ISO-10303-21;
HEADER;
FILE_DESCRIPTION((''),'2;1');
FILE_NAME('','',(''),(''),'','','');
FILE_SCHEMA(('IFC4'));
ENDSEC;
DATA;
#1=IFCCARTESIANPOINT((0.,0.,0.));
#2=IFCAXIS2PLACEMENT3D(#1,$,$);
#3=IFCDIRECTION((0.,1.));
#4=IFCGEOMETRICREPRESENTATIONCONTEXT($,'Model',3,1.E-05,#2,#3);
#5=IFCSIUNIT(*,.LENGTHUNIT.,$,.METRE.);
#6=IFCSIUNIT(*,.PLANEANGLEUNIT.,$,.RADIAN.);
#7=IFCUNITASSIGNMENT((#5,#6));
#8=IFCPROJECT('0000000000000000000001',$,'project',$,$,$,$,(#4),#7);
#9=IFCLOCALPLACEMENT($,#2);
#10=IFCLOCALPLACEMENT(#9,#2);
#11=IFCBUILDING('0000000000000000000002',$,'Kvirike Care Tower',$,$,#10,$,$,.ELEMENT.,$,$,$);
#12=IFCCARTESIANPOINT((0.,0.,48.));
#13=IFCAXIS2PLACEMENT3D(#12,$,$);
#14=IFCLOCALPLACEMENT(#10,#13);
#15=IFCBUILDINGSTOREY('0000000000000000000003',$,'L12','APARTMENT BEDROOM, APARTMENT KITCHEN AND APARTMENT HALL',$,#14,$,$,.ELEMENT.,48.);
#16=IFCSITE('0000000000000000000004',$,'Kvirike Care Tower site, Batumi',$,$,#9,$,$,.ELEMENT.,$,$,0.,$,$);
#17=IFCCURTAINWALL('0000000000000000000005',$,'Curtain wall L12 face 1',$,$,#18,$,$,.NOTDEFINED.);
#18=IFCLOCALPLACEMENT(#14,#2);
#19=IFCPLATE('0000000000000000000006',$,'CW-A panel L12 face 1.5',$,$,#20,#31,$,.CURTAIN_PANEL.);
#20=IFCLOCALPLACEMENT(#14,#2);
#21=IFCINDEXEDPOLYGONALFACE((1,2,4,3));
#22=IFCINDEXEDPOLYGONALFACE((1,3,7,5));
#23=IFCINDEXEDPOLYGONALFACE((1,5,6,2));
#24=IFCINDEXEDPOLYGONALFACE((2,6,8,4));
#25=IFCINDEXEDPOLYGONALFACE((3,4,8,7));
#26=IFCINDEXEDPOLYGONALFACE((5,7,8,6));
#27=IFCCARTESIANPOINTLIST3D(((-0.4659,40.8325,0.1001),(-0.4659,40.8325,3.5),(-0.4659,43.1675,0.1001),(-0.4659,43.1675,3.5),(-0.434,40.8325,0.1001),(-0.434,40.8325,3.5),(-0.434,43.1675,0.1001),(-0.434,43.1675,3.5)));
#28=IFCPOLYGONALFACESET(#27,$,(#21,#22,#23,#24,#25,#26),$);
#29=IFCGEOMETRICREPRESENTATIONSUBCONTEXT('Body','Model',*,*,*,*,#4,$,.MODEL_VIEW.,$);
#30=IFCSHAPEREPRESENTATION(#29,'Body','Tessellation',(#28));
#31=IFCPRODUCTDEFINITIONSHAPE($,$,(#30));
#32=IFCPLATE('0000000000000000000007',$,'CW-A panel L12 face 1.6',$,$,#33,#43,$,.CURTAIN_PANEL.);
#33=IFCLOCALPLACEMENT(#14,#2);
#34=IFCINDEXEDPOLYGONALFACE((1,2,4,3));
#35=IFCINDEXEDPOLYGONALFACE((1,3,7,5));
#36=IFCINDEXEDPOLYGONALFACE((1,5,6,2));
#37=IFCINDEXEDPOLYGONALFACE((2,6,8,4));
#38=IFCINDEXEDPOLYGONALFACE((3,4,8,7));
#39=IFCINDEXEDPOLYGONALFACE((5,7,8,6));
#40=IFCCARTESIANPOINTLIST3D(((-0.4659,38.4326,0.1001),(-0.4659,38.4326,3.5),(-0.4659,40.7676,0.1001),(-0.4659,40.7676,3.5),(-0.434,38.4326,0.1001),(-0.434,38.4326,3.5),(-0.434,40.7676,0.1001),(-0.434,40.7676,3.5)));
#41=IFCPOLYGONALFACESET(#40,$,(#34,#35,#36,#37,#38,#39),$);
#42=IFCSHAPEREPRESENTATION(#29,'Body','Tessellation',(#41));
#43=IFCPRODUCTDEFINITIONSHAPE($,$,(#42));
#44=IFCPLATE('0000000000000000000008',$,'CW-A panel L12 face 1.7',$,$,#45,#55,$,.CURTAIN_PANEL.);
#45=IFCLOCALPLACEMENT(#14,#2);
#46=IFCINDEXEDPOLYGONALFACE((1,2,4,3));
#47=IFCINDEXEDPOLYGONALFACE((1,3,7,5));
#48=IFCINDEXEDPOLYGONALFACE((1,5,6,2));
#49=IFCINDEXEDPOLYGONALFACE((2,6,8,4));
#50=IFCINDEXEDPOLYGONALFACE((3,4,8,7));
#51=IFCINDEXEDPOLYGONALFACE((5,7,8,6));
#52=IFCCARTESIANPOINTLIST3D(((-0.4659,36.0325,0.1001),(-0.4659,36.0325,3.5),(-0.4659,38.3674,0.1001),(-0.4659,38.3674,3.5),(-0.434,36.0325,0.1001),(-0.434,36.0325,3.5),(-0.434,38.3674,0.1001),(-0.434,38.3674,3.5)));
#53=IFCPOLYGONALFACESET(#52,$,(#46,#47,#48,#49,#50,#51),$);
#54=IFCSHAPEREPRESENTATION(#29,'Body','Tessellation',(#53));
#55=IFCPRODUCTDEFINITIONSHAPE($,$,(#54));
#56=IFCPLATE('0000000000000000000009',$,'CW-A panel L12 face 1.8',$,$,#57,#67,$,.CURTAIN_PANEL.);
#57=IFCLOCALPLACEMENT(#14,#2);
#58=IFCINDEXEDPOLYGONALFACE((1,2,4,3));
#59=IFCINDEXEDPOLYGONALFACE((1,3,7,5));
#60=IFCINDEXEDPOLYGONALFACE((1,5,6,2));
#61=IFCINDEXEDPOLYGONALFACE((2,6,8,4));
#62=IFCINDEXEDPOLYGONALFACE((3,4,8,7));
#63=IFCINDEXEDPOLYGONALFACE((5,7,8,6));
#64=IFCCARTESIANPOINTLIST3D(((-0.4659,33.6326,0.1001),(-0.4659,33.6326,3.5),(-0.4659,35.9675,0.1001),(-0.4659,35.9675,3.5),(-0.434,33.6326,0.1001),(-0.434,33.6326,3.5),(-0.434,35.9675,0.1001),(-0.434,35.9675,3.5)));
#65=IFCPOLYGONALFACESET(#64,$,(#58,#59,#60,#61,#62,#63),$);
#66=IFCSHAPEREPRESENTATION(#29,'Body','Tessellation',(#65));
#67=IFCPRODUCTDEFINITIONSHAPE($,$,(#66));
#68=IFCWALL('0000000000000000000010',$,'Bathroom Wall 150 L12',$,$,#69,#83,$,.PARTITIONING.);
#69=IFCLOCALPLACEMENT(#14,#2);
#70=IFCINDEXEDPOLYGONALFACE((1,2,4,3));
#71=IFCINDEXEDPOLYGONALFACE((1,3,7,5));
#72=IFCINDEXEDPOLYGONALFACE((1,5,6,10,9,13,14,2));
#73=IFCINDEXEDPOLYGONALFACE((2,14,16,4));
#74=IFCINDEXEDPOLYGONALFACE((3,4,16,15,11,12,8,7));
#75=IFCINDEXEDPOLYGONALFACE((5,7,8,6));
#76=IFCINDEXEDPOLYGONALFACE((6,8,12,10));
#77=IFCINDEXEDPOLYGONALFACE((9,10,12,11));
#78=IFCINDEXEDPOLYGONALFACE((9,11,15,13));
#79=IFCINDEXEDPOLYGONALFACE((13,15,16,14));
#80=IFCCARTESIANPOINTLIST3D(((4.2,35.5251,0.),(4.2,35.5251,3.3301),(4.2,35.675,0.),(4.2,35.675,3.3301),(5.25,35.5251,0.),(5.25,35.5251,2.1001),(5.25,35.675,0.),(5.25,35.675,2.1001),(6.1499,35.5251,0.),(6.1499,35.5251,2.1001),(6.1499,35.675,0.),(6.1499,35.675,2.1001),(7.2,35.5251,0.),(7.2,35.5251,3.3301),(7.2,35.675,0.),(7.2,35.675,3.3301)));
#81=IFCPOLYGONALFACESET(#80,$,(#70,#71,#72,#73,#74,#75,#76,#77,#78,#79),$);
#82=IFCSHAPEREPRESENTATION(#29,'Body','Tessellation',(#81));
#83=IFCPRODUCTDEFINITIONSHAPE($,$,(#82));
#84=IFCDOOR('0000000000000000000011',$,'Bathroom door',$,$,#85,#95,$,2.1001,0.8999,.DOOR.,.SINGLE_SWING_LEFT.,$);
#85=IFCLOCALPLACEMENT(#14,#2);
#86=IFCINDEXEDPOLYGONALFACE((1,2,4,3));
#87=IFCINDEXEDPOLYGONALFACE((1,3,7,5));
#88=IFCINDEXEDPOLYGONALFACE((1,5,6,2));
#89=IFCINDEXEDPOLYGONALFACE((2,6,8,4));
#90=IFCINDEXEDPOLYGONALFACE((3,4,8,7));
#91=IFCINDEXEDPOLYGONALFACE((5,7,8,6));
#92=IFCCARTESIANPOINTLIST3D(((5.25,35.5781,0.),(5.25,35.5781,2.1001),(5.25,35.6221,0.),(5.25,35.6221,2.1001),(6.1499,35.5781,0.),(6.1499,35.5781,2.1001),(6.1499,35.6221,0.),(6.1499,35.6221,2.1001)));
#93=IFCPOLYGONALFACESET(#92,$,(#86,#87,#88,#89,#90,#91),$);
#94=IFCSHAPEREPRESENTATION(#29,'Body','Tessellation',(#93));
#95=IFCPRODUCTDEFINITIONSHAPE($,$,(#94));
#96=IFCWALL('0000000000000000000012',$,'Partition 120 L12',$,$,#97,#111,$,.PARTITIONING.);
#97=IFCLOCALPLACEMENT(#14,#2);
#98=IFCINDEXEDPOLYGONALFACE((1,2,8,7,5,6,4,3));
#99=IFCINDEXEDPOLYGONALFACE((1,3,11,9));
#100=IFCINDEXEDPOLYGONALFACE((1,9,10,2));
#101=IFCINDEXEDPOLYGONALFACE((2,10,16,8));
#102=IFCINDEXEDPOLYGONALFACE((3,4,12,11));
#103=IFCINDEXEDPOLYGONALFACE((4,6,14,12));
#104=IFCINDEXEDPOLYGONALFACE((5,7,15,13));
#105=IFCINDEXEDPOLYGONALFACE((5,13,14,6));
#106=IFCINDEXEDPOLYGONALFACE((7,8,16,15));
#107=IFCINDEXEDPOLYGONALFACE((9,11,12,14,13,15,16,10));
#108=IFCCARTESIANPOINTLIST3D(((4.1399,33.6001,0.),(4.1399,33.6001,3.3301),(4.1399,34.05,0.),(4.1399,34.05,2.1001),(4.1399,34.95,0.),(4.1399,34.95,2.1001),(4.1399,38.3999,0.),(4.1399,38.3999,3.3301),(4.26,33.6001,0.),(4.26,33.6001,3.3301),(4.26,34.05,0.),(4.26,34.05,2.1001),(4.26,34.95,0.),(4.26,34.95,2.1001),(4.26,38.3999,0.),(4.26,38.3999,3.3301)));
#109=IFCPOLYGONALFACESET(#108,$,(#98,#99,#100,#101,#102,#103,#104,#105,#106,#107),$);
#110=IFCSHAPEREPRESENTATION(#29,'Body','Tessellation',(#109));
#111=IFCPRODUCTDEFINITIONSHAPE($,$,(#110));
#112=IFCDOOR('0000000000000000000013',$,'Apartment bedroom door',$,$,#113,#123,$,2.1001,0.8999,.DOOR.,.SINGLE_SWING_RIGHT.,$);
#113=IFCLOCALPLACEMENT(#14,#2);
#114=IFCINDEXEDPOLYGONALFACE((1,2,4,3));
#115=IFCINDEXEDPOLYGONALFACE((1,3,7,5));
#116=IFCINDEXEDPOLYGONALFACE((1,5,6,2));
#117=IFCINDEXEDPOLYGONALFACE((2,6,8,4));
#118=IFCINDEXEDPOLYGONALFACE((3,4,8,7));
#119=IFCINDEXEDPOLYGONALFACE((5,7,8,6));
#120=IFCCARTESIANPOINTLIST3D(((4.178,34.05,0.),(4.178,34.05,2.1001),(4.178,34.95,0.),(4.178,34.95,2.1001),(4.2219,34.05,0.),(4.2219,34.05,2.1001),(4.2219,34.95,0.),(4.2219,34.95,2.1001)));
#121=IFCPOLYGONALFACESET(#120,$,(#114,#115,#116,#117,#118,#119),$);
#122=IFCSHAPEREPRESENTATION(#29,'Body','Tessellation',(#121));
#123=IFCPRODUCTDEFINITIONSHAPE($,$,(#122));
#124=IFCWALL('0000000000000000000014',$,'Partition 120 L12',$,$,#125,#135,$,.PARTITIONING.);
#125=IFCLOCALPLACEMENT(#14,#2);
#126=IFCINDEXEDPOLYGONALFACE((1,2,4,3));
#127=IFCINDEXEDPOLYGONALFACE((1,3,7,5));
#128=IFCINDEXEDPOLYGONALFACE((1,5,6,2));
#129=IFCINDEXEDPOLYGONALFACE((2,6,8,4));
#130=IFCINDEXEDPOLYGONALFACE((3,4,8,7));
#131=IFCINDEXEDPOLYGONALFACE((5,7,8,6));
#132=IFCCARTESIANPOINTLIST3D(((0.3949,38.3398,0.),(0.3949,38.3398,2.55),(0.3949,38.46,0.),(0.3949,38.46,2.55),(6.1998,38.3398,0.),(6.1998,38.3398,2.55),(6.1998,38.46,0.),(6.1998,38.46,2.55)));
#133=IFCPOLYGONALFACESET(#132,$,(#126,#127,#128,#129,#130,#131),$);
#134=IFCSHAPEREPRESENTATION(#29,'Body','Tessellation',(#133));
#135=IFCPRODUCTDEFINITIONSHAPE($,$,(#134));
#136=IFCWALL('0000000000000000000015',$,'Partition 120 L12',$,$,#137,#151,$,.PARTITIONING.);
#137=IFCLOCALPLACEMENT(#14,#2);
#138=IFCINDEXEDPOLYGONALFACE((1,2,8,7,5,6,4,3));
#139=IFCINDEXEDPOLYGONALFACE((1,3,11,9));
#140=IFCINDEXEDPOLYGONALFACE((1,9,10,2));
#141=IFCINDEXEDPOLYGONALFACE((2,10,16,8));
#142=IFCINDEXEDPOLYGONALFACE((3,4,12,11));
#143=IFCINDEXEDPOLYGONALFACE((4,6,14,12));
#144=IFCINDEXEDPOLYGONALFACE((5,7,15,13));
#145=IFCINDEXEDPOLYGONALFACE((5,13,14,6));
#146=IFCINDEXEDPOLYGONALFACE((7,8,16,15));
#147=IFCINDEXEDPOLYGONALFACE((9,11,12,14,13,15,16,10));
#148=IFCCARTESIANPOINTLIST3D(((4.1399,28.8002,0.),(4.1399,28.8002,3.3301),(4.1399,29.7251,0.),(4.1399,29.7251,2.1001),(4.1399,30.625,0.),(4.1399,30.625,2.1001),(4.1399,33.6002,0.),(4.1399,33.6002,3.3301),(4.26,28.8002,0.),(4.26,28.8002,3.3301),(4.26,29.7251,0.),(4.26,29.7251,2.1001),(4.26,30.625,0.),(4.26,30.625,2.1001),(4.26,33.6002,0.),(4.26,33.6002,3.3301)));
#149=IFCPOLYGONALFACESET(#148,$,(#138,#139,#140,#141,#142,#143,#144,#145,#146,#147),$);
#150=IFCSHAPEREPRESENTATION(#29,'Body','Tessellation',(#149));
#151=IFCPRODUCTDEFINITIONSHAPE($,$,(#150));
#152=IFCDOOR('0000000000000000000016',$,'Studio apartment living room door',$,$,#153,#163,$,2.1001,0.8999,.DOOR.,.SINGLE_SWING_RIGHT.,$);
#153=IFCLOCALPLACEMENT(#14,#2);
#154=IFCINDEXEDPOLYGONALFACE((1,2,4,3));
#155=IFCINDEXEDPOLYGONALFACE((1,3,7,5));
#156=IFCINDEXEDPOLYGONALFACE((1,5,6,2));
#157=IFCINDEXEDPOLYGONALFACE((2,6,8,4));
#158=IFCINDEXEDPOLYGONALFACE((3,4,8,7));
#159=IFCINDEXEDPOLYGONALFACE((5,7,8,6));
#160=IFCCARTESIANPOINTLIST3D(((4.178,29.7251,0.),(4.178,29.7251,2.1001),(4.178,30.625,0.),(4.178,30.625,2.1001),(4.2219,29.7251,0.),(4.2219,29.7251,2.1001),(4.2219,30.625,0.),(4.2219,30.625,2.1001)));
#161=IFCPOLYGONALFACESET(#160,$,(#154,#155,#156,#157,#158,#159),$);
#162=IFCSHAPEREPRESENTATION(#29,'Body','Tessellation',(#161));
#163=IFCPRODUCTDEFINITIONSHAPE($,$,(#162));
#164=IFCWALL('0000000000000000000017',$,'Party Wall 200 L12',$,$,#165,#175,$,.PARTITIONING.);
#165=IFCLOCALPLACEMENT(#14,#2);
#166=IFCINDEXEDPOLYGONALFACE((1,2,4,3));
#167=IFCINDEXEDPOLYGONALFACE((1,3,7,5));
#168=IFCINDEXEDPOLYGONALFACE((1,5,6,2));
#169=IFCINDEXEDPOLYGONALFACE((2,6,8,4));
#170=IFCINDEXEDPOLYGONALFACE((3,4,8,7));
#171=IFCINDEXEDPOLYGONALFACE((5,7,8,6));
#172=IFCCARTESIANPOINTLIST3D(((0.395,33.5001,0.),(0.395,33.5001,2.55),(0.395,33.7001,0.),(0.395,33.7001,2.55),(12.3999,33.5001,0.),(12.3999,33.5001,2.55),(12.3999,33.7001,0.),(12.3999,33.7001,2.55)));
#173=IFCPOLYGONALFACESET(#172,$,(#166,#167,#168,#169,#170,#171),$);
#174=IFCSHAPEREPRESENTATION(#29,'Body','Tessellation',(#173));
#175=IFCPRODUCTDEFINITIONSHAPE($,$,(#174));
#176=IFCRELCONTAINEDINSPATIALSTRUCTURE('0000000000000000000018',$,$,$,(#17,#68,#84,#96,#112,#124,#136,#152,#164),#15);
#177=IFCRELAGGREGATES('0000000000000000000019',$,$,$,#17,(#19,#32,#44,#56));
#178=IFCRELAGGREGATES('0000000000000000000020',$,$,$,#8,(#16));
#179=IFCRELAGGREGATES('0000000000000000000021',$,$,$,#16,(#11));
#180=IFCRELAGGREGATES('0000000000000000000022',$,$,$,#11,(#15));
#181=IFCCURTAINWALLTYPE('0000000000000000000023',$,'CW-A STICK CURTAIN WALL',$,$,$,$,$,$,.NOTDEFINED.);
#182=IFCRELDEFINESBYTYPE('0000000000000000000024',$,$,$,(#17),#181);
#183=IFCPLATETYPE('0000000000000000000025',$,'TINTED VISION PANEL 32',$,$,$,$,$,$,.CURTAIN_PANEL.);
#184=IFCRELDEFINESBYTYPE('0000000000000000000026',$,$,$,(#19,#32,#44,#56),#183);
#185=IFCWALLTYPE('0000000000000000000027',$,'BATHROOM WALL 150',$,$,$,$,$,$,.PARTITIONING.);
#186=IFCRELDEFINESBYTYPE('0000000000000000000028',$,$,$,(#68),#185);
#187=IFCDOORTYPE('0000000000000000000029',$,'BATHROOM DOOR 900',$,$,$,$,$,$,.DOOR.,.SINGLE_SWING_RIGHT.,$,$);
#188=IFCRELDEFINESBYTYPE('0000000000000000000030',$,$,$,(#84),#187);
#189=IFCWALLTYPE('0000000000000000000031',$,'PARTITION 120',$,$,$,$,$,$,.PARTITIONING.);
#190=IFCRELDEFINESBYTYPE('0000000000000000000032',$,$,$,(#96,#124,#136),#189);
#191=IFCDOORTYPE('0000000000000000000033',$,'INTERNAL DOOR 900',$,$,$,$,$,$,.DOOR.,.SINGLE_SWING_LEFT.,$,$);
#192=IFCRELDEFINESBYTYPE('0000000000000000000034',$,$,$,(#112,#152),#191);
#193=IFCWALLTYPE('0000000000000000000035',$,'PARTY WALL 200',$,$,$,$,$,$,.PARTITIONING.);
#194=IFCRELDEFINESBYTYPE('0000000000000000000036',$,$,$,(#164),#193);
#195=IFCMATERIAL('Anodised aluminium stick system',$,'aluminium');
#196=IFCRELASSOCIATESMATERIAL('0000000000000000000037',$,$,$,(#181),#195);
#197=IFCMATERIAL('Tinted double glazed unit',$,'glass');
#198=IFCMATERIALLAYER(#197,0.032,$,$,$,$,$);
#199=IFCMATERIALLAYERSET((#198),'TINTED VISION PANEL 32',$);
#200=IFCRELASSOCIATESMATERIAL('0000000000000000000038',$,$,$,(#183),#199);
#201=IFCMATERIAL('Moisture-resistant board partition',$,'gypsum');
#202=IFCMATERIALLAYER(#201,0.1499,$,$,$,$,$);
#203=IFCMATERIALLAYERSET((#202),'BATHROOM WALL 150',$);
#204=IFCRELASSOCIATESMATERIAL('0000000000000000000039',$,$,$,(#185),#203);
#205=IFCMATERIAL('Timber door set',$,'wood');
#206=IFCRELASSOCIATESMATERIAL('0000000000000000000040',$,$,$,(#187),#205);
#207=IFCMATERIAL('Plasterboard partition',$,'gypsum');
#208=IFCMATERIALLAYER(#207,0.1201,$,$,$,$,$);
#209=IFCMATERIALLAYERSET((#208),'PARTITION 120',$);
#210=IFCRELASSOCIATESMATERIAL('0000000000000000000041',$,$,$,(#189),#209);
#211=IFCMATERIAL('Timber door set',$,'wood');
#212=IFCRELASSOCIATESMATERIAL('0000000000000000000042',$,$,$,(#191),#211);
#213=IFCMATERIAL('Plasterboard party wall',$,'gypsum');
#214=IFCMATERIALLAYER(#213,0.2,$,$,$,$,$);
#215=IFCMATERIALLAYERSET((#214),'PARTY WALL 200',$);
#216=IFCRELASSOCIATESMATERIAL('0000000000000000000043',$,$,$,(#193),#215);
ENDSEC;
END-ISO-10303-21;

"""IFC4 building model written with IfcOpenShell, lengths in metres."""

from ifc_helpers import new_model, si_unit, direction, frame, frame_2d, origin, origin_2d, place, context, subcontext, project, spatial, rectangle, extrude, material, layer, layer_set, type_object, element, fill, aggregate, save


model = new_model("IFC4")

# Units and contexts
model_context = context("Model", 3, precision=1e-05, world=origin(), true_north=direction((0.0, 1.0)))
body_context = subcontext(model_context, "Body", "Model", "MODEL_VIEW")
ifc_project = project(units=[si_unit("LENGTHUNIT", "METRE"), si_unit("PLANEANGLEUNIT", "RADIAN")], contexts=[model_context])

# Site, building, storey
site_placement = place(None, origin())
site = spatial("IfcSite", under=ifc_project, at=site_placement, Name="Kvirike Care Tower site, Batumi", CompositionType="ELEMENT", RefElevation=0.0)
building_placement = place(site_placement, origin())
building = spatial("IfcBuilding", under=site, at=building_placement, Name="Kvirike Care Tower", CompositionType="ELEMENT")
storey_placement = place(building_placement, frame((0.0, 0.0, 48.0)))
storey = spatial("IfcBuildingStorey", under=building, at=storey_placement, Name="L12", Description="APARTMENT BEDROOM, APARTMENT KITCHEN AND APARTMENT HALL", CompositionType="ELEMENT", Elevation=48.0)

# Curtain wall
ifc_material_1 = material(Name="Anodised aluminium stick system", Category="aluminium")
curtain_wall_type = type_object("IfcCurtainWallType", Name="CW-A STICK CURTAIN WALL", PredefinedType="NOTDEFINED", material=ifc_material_1)
curtain_wall_placement = place(storey_placement, origin())
curtain_wall = element("IfcCurtainWall", 1, at=curtain_wall_placement, inside=storey, type_object=curtain_wall_type, Name="Curtain wall L12 face 1", PredefinedType="NOTDEFINED")

# Plates
ifc_material_2 = material(Name="Tinted double glazed unit", Category="glass")
ifc_layer_1 = layer(ifc_material_2, 0.032)
ifc_layer_set_1 = layer_set([ifc_layer_1], Name="TINTED VISION PANEL 32")
plate_type = type_object("IfcPlateType", Name="TINTED VISION PANEL 32", PredefinedType="CURTAIN_PANEL", material=ifc_layer_set_1)
plate_1_placement = place(storey_placement, frame((-0.45, 42.0, 0.1001), z_axis=(0.0, 0.0, 1.0), x_axis=(0.0, -1.0, 0.0)))
plate_1 = element("IfcPlate", 2, at=plate_1_placement, type_object=plate_type, Name="CW-A panel L12 face 1.5", PredefinedType="CURTAIN_PANEL", context=body_context, shape_type="SweptSolid", body=[
    extrude(rectangle(XDim=2.335, YDim=0.032, at=origin_2d()), origin(), (0.0, 0.0, 1.0), 3.3999),
])
plate_2_placement = place(storey_placement, frame((-0.45, 39.6001, 0.1001), z_axis=(0.0, 0.0, 1.0), x_axis=(0.0, -1.0, 0.0)))
plate_2 = element("IfcPlate", 3, at=plate_2_placement, type_object=plate_type, Name="CW-A panel L12 face 1.6", PredefinedType="CURTAIN_PANEL", context=body_context, shape_type="SweptSolid", body=[
    extrude(rectangle(XDim=2.335, YDim=0.032, at=origin_2d()), origin(), (0.0, 0.0, 1.0), 3.3999),
])
plate_3_placement = place(storey_placement, frame((-0.45, 37.2, 0.1001), z_axis=(0.0, 0.0, 1.0), x_axis=(0.0, -1.0, 0.0)))
plate_3 = element("IfcPlate", 4, at=plate_3_placement, type_object=plate_type, Name="CW-A panel L12 face 1.7", PredefinedType="CURTAIN_PANEL", context=body_context, shape_type="SweptSolid", body=[
    extrude(rectangle(XDim=2.335, YDim=0.032, at=origin_2d()), origin(), (0.0, 0.0, 1.0), 3.3999),
])
plate_4_placement = place(storey_placement, frame((-0.45, 34.8, 0.1001), z_axis=(0.0, 0.0, 1.0), x_axis=(0.0, -1.0, 0.0)))
plate_4 = element("IfcPlate", 5, at=plate_4_placement, type_object=plate_type, Name="CW-A panel L12 face 1.8", PredefinedType="CURTAIN_PANEL", context=body_context, shape_type="SweptSolid", body=[
    extrude(rectangle(XDim=2.335, YDim=0.032, at=origin_2d()), origin(), (0.0, 0.0, 1.0), 3.3999),
])
aggregate(curtain_wall, [plate_1, plate_2, plate_3, plate_4])

# Walls, openings, doors
ifc_material_3 = material(Name="Moisture-resistant board partition", Category="gypsum")
ifc_layer_2 = layer(ifc_material_3, 0.1499)
ifc_layer_set_2 = layer_set([ifc_layer_2], Name="BATHROOM WALL 150")
wall_type_1 = type_object("IfcWallType", Name="BATHROOM WALL 150", PredefinedType="PARTITIONING", material=ifc_layer_set_2)
wall_1_placement = place(storey_placement, frame((4.2, 35.6001, 0.0), z_axis=(0.0, 0.0, 1.0), x_axis=(1.0, 0.0, 0.0)))
wall_1 = element("IfcWall", 6, at=wall_1_placement, inside=storey, type_object=wall_type_1, Name="Bathroom Wall 150 L12", PredefinedType="PARTITIONING", context=body_context, shape_type="SweptSolid", body=[
    extrude(rectangle(XDim=3.0, YDim=0.1499, at=frame_2d((1.5, 0.0))), origin(), (0.0, 0.0, 1.0), 3.3301),
])
opening_1_placement = place(wall_1_placement, frame((1.05, 0.0, 0.0)))
opening_1 = element("IfcOpeningElement", 7, at=opening_1_placement, cuts=wall_1, PredefinedType="OPENING", context=body_context, shape_type="SweptSolid", body=[
    extrude(rectangle(XDim=0.8999, YDim=2.1001, at=frame_2d((0.45, 1.05))), frame((0.0, 0.0854, 0.0), z_axis=(0.0, -1.0, 0.0), x_axis=(1.0, 0.0, 0.0)), (0.0, 0.0, 1.0), 0.1709),
])
ifc_material_4 = material(Name="Timber door set", Category="wood")
door_type_1 = type_object("IfcDoorType", Name="BATHROOM DOOR 900", OperationType="SINGLE_SWING_RIGHT", PredefinedType="DOOR", material=ifc_material_4)
door_1_placement = place(opening_1_placement, origin())
door_1 = element("IfcDoor", 8, at=door_1_placement, inside=storey, type_object=door_type_1, Name="Bathroom door", OperationType="SINGLE_SWING_LEFT", OverallHeight=2.1001, OverallWidth=0.8999, PredefinedType="DOOR", context=body_context, shape_type="SweptSolid", body=[
    extrude(rectangle(XDim=0.8999, YDim=2.1001, at=frame_2d((0.45, 1.05))), frame((0.0, 0.022, 0.0), z_axis=(0.0, -1.0, 0.0), x_axis=(1.0, 0.0, 0.0)), (0.0, 0.0, 1.0), 0.0439),
])
fill(opening_1, door_1)
ifc_material_5 = material(Name="Plasterboard partition", Category="gypsum")
ifc_layer_3 = layer(ifc_material_5, 0.1201)
ifc_layer_set_3 = layer_set([ifc_layer_3], Name="PARTITION 120")
wall_type_2 = type_object("IfcWallType", Name="PARTITION 120", PredefinedType="PARTITIONING", material=ifc_layer_set_3)
wall_2_placement = place(storey_placement, frame((4.2, 38.3999, 0.0), z_axis=(0.0, 0.0, 1.0), x_axis=(0.0, -1.0, 0.0)))
wall_2 = element("IfcWall", 9, at=wall_2_placement, inside=storey, type_object=wall_type_2, Name="Partition 120 L12", PredefinedType="PARTITIONING", context=body_context, shape_type="SweptSolid", body=[
    extrude(rectangle(XDim=4.7998, YDim=0.1201, at=frame_2d((2.3999, 0.0))), origin(), (0.0, 0.0, 1.0), 3.3301),
])
opening_2_placement = place(wall_2_placement, frame((3.45, 0.0, 0.0)))
opening_2 = element("IfcOpeningElement", 10, at=opening_2_placement, cuts=wall_2, PredefinedType="OPENING", context=body_context, shape_type="SweptSolid", body=[
    extrude(rectangle(XDim=0.8999, YDim=2.1001, at=frame_2d((0.45, 1.05))), frame((0.0, 0.0706, 0.0), z_axis=(0.0, -1.0, 0.0), x_axis=(1.0, 0.0, 0.0)), (0.0, 0.0, 1.0), 0.1411),
])
ifc_material_6 = material(Name="Timber door set", Category="wood")
door_type_2 = type_object("IfcDoorType", Name="INTERNAL DOOR 900", OperationType="SINGLE_SWING_LEFT", PredefinedType="DOOR", material=ifc_material_6)
door_2_placement = place(opening_2_placement, frame((0.8999, 0.0, 0.0), z_axis=(0.0, 0.0, 1.0), x_axis=(-1.0, 0.0, 0.0)))
door_2 = element("IfcDoor", 11, at=door_2_placement, inside=storey, type_object=door_type_2, Name="Apartment bedroom door", OperationType="SINGLE_SWING_RIGHT", OverallHeight=2.1001, OverallWidth=0.8999, PredefinedType="DOOR", context=body_context, shape_type="SweptSolid", body=[
    extrude(rectangle(XDim=0.8999, YDim=2.1001, at=frame_2d((0.45, 1.05))), frame((0.0, 0.022, 0.0), z_axis=(0.0, -1.0, 0.0), x_axis=(1.0, 0.0, 0.0)), (0.0, 0.0, 1.0), 0.0439),
])
fill(opening_2, door_2)

# Wall
wall_3_placement = place(storey_placement, frame((0.395, 38.3999, 0.0), z_axis=(0.0, 0.0, 1.0), x_axis=(1.0, 0.0, 0.0)))
element("IfcWall", 12, at=wall_3_placement, inside=storey, type_object=wall_type_2, Name="Partition 120 L12", PredefinedType="PARTITIONING", context=body_context, shape_type="SweptSolid", body=[
    extrude(rectangle(XDim=5.8049, YDim=0.1201, at=frame_2d((2.9023, 0.0))), origin(), (0.0, 0.0, 1.0), 2.55),
])

# Wall, opening, door
wall_4_placement = place(storey_placement, frame((4.2, 33.6001, 0.0), z_axis=(0.0, 0.0, 1.0), x_axis=(0.0, -1.0, 0.0)))
wall_4 = element("IfcWall", 13, at=wall_4_placement, inside=storey, type_object=wall_type_2, Name="Partition 120 L12", PredefinedType="PARTITIONING", context=body_context, shape_type="SweptSolid", body=[
    extrude(rectangle(XDim=4.8, YDim=0.1201, at=frame_2d((2.3999, 0.0))), origin(), (0.0, 0.0, 1.0), 3.3301),
])
opening_3_placement = place(wall_4_placement, frame((2.9751, 0.0, 0.0)))
opening_3 = element("IfcOpeningElement", 14, at=opening_3_placement, cuts=wall_4, PredefinedType="OPENING", context=body_context, shape_type="SweptSolid", body=[
    extrude(rectangle(XDim=0.8999, YDim=2.1001, at=frame_2d((0.45, 1.05))), frame((0.0, 0.0706, 0.0), z_axis=(0.0, -1.0, 0.0), x_axis=(1.0, 0.0, 0.0)), (0.0, 0.0, 1.0), 0.1411),
])
door_3_placement = place(opening_3_placement, frame((0.8999, 0.0, 0.0), z_axis=(0.0, 0.0, 1.0), x_axis=(-1.0, 0.0, 0.0)))
door_3 = element("IfcDoor", 15, at=door_3_placement, inside=storey, type_object=door_type_2, Name="Studio apartment living room door", OperationType="SINGLE_SWING_RIGHT", OverallHeight=2.1001, OverallWidth=0.8999, PredefinedType="DOOR", context=body_context, shape_type="SweptSolid", body=[
    extrude(rectangle(XDim=0.8999, YDim=2.1001, at=frame_2d((0.45, 1.05))), frame((0.0, 0.022, 0.0), z_axis=(0.0, -1.0, 0.0), x_axis=(1.0, 0.0, 0.0)), (0.0, 0.0, 1.0), 0.0439),
])
fill(opening_3, door_3)

# Wall
ifc_material_7 = material(Name="Plasterboard party wall", Category="gypsum")
ifc_layer_4 = layer(ifc_material_7, 0.2)
ifc_layer_set_4 = layer_set([ifc_layer_4], Name="PARTY WALL 200")
wall_type_3 = type_object("IfcWallType", Name="PARTY WALL 200", PredefinedType="PARTITIONING", material=ifc_layer_set_4)
wall_5_placement = place(storey_placement, frame((0.395, 33.6001, 0.0), z_axis=(0.0, 0.0, 1.0), x_axis=(1.0, 0.0, 0.0)))
element("IfcWall", 16, at=wall_5_placement, inside=storey, type_object=wall_type_3, Name="Party Wall 200 L12", PredefinedType="PARTITIONING", context=body_context, shape_type="SweptSolid", body=[
    extrude(rectangle(XDim=12.0049, YDim=0.2, at=frame_2d((6.0024, 0.0))), origin(), (0.0, 0.0, 1.0), 2.55),
])

save(model, "model.ifc")
